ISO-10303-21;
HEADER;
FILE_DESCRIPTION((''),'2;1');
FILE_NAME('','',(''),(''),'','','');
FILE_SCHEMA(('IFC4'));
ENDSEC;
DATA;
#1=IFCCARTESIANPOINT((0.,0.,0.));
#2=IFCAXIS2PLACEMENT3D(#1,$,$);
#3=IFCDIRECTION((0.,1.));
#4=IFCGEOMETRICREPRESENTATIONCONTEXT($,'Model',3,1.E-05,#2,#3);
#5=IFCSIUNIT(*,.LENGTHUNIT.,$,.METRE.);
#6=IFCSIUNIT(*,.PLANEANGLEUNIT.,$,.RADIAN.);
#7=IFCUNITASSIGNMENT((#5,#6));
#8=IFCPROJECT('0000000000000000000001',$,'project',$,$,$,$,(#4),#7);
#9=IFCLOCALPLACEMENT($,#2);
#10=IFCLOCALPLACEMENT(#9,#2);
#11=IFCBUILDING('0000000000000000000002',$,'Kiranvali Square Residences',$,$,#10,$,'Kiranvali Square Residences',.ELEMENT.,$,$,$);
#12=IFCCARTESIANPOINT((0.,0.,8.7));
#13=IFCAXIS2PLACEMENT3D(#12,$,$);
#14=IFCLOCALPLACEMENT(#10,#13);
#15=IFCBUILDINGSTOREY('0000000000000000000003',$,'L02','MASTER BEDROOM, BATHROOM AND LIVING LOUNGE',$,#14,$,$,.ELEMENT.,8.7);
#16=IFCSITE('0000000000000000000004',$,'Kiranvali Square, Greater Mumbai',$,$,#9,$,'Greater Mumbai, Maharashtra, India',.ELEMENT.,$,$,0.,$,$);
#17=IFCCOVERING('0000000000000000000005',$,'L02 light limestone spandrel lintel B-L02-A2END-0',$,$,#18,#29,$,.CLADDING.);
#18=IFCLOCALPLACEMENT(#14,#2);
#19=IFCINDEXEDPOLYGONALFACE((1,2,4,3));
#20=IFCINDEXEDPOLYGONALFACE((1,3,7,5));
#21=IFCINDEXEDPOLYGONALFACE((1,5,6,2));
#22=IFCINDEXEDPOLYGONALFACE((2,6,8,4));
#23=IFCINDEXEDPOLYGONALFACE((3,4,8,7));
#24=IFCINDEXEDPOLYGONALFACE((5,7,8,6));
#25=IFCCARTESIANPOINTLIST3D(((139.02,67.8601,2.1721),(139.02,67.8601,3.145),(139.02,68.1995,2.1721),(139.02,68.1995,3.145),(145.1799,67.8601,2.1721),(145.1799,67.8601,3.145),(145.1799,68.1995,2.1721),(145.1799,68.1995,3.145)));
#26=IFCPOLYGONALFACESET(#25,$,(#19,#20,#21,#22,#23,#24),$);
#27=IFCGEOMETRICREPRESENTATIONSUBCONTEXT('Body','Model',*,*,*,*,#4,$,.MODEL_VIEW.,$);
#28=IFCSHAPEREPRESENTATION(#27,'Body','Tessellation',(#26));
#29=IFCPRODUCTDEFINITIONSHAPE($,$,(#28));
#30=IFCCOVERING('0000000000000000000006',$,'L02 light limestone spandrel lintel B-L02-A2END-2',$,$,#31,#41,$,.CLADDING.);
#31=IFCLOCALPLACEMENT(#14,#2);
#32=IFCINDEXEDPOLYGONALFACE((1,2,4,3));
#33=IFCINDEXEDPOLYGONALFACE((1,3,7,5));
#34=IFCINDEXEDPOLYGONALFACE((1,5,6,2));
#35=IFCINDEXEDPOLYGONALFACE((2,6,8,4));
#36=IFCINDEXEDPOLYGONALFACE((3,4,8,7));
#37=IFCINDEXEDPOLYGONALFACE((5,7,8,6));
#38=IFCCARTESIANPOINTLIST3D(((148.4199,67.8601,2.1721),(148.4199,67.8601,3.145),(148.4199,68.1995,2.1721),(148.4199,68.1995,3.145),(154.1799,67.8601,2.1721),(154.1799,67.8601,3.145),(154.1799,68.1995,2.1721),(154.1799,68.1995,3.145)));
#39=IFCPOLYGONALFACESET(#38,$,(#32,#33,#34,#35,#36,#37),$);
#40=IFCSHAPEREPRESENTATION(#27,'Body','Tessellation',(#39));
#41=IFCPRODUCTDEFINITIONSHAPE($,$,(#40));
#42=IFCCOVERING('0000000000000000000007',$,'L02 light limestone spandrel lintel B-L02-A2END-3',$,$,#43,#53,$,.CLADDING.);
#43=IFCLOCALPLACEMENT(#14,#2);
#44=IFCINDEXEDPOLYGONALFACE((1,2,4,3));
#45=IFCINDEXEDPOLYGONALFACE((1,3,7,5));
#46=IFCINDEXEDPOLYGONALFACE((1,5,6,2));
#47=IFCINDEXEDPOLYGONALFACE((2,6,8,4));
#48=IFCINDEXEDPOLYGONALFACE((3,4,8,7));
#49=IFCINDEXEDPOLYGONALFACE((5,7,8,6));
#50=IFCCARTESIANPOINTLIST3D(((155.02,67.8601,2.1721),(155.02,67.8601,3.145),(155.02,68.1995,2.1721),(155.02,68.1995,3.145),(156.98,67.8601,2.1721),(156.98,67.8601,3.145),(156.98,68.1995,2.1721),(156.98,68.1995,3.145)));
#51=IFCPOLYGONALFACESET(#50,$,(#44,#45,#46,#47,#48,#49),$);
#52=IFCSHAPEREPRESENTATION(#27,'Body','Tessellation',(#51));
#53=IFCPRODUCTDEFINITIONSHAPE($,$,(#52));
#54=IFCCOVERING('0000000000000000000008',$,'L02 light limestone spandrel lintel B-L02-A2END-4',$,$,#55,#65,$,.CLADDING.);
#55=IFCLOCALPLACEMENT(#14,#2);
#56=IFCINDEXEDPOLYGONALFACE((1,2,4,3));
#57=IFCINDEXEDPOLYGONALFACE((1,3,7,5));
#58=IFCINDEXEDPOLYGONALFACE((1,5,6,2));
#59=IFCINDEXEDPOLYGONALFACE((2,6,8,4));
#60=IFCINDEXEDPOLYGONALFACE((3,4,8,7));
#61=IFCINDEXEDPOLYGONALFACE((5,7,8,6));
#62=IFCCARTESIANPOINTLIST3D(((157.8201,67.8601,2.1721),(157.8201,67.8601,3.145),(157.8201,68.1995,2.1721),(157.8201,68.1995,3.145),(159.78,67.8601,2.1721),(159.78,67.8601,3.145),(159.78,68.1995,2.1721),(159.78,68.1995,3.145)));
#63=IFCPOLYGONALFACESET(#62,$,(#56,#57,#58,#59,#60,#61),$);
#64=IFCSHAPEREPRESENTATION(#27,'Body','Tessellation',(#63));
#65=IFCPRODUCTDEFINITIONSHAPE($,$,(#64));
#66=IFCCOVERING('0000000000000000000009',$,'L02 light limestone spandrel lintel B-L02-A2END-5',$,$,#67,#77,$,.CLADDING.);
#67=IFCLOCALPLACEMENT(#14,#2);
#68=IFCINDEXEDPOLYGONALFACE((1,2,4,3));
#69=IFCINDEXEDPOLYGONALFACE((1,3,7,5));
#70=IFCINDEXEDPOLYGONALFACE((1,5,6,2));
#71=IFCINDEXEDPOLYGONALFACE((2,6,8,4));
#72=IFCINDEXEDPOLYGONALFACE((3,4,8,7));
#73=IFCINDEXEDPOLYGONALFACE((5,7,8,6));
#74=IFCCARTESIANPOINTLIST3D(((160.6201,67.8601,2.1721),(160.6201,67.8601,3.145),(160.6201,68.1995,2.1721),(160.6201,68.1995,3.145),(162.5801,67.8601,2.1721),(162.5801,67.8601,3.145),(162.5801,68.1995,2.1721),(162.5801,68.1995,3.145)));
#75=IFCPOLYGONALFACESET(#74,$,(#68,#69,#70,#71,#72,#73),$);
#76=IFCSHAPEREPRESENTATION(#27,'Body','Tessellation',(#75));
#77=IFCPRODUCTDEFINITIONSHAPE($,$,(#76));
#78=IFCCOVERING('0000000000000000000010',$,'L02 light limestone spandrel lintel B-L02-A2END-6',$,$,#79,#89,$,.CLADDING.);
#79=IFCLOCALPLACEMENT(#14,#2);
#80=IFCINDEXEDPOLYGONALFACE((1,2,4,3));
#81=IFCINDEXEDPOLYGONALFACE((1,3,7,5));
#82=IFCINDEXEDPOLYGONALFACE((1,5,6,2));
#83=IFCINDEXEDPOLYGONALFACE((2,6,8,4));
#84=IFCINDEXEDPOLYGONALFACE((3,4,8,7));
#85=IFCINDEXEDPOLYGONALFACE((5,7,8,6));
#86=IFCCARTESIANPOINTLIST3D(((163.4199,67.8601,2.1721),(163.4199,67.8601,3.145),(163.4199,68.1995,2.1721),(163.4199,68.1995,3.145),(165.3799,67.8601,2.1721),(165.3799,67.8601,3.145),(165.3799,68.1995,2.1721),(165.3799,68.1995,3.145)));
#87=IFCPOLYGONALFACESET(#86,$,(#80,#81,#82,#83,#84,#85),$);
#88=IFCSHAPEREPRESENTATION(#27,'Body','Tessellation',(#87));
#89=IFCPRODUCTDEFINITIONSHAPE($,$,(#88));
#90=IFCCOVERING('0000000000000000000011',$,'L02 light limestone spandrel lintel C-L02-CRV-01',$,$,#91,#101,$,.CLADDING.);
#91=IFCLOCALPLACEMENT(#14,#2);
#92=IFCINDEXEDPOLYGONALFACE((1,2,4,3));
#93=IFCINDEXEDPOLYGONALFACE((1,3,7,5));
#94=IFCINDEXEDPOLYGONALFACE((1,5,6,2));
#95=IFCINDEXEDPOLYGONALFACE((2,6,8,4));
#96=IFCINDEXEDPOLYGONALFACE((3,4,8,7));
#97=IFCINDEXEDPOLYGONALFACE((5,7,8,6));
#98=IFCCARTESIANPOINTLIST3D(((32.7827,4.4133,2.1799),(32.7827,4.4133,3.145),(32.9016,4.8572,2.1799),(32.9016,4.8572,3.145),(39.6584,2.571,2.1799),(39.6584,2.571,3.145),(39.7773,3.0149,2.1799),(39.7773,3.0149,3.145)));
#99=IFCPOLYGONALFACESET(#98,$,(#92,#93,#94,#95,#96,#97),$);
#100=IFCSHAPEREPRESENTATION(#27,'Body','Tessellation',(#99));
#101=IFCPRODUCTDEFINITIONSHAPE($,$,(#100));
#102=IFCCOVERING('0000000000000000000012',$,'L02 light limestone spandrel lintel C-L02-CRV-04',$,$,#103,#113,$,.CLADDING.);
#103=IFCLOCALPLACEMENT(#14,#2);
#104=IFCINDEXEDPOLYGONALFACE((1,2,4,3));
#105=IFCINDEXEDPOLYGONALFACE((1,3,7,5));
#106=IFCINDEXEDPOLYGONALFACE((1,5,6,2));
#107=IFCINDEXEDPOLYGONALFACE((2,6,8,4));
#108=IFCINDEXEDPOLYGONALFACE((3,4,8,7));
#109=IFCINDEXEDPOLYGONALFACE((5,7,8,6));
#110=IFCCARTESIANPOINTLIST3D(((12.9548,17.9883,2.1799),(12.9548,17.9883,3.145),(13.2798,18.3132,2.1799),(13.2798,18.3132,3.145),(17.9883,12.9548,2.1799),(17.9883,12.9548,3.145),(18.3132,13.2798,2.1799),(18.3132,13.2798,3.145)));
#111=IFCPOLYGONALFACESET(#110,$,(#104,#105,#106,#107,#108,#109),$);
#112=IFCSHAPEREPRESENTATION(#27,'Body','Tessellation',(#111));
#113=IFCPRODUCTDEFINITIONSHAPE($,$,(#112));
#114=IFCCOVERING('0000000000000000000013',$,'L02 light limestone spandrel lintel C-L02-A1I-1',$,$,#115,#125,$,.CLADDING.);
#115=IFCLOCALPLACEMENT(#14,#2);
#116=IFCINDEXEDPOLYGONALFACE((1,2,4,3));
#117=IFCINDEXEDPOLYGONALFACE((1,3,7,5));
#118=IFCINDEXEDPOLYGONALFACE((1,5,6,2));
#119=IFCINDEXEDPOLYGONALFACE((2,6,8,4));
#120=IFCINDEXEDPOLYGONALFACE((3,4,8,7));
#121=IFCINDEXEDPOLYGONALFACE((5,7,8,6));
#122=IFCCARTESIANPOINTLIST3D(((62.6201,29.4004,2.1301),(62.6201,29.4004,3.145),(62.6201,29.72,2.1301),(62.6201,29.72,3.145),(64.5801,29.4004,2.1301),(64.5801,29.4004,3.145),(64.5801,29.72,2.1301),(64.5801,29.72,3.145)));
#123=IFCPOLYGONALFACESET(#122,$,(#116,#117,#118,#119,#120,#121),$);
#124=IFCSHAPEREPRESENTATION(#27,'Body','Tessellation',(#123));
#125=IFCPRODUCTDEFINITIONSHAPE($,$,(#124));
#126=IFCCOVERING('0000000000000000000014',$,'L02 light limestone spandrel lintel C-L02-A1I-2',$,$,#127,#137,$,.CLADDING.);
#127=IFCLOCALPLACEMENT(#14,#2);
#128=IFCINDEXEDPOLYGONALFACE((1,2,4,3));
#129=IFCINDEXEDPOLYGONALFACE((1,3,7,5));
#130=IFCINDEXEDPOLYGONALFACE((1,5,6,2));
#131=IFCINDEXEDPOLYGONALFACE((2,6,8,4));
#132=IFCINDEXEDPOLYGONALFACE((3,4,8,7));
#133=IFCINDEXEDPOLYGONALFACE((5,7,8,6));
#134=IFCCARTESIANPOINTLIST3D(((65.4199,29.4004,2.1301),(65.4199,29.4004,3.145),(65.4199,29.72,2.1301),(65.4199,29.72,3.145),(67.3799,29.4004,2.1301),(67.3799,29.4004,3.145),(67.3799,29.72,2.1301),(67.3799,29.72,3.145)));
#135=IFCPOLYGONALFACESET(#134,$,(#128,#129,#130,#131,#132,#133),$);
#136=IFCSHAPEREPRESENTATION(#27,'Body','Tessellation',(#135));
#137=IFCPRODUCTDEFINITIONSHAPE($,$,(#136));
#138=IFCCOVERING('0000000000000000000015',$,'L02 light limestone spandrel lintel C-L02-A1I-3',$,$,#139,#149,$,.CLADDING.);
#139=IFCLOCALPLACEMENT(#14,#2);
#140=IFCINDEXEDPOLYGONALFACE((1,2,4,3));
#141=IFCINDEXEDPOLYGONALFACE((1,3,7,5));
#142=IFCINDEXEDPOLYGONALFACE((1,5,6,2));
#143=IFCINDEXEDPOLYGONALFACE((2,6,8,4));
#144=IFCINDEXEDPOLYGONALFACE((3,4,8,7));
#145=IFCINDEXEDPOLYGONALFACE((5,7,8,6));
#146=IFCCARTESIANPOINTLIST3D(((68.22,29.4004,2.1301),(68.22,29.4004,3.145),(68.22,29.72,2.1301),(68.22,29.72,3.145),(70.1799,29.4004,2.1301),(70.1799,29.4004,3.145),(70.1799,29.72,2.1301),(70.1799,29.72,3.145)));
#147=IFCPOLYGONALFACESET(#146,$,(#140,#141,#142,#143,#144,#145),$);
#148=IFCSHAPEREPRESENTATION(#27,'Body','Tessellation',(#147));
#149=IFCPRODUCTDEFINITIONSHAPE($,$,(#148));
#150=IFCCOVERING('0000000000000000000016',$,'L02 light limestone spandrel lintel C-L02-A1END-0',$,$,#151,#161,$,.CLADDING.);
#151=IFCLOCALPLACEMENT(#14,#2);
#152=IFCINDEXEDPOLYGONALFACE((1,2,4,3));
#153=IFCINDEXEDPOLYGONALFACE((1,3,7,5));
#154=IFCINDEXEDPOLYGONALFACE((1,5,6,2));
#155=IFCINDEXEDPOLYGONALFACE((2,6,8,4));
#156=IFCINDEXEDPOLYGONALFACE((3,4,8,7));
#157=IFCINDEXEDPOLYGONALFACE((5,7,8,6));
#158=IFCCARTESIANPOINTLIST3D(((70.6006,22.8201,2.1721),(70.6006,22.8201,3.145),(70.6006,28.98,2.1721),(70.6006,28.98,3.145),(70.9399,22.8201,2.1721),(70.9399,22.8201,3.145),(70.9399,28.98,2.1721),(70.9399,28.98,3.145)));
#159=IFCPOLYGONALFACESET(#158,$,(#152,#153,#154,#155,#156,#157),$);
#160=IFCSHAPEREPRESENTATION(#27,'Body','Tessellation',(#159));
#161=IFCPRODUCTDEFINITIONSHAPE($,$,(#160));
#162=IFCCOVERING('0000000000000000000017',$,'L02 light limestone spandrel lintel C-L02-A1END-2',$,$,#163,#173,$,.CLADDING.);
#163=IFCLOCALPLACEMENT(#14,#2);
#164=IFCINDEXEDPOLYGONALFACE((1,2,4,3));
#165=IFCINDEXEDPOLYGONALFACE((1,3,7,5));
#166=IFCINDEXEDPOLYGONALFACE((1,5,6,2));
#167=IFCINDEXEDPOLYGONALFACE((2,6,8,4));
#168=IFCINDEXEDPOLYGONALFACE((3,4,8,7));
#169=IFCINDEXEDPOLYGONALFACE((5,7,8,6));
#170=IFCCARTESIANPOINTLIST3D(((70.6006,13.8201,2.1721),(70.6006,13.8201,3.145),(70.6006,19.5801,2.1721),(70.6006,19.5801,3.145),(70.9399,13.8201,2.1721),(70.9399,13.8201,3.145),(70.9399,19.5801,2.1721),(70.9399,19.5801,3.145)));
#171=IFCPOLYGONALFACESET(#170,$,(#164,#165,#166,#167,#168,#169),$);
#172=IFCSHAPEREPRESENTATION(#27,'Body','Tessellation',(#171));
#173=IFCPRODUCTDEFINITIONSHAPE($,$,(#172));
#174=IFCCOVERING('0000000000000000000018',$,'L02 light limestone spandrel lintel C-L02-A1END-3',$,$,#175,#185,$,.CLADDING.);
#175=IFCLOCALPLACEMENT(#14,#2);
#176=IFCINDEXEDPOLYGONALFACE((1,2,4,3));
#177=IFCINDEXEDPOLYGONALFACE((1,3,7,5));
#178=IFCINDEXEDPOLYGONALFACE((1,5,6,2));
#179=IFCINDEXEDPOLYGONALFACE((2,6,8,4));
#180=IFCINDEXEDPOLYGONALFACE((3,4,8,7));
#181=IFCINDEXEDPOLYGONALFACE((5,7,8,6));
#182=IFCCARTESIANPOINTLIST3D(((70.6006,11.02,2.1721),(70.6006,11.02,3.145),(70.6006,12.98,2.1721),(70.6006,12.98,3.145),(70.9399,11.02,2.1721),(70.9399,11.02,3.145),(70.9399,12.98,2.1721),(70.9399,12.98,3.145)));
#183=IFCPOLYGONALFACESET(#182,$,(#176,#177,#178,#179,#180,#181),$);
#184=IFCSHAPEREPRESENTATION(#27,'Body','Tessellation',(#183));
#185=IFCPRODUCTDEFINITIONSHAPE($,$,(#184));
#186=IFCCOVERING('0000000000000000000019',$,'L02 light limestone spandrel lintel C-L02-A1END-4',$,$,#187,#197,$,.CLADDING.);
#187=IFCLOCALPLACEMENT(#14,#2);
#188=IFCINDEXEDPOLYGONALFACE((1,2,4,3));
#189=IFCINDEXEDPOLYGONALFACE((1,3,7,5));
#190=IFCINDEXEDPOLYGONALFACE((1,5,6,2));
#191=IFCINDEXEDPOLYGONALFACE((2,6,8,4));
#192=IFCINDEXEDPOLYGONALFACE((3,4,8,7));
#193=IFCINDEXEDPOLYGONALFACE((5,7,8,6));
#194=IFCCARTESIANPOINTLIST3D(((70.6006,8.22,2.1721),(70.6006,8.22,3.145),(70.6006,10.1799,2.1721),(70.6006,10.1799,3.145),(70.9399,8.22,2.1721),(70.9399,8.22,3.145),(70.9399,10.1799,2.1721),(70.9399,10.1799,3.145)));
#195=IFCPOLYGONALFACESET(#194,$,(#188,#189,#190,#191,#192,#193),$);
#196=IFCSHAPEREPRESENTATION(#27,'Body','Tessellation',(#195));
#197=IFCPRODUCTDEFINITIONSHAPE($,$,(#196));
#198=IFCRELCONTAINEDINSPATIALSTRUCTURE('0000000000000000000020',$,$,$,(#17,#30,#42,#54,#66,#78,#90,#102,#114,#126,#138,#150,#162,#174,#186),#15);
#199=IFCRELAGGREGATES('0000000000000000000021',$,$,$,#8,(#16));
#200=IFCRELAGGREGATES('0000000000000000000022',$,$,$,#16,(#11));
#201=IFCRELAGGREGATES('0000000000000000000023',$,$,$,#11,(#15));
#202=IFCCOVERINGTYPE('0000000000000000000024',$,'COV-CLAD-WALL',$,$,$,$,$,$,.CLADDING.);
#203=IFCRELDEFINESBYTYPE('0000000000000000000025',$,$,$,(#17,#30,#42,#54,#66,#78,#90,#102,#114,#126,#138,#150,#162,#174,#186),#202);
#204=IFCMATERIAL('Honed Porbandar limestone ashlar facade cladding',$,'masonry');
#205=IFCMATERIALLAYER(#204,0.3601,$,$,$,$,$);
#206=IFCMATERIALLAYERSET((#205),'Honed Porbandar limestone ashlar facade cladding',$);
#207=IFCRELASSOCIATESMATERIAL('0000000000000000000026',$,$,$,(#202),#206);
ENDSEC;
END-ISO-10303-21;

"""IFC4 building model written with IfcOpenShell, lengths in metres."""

from ifc_helpers import new_model, si_unit, direction, frame, origin, place, context, subcontext, project, spatial, polyline, outline, extrude, material, layer, layer_set, type_object, element, save


model = new_model("IFC4")

# Units and contexts
model_context = context("Model", 3, precision=1e-05, world=origin(), true_north=direction((0.0, 1.0)))
body_context = subcontext(model_context, "Body", "Model", "MODEL_VIEW")
ifc_project = project(units=[si_unit("LENGTHUNIT", "METRE"), si_unit("PLANEANGLEUNIT", "RADIAN")], contexts=[model_context])

# Site, building, storey
site_placement = place(None, origin())
site = spatial("IfcSite", under=ifc_project, at=site_placement, Name="Kiranvali Square, Greater Mumbai", LongName="Greater Mumbai, Maharashtra, India", CompositionType="ELEMENT", RefElevation=0.0)
building_placement = place(site_placement, origin())
building = spatial("IfcBuilding", under=site, at=building_placement, Name="Kiranvali Square Residences", LongName="Kiranvali Square Residences", CompositionType="ELEMENT")
storey_placement = place(building_placement, frame((0.0, 0.0, 8.7)))
storey = spatial("IfcBuildingStorey", under=building, at=storey_placement, Name="L02", Description="MASTER BEDROOM, BATHROOM AND LIVING LOUNGE", CompositionType="ELEMENT", Elevation=8.7)

# Coverings
ifc_material = material(Name="Honed Porbandar limestone ashlar facade cladding", Category="masonry")
ifc_layer = layer(ifc_material, 0.3601)
ifc_layer_set = layer_set([ifc_layer], Name="Honed Porbandar limestone ashlar facade cladding")
covering_type = type_object("IfcCoveringType", Name="COV-CLAD-WALL", PredefinedType="CLADDING", material=ifc_layer_set)
covering_1_placement = place(storey_placement, frame((0.0, 0.0, 2.1721)))
element("IfcCovering", 1, at=covering_1_placement, inside=storey, type_object=covering_type, Name="L02 light limestone spandrel lintel B-L02-A2END-0", PredefinedType="CLADDING", context=body_context, shape_type="SweptSolid", body=[
    extrude(outline(polyline([(139.02, 67.8601), (145.1799, 67.8601), (145.1799, 68.1995), (139.02, 68.1995), (139.02, 67.8601)])), origin(), (0.0, 0.0, 1.0), 0.9729),
])
covering_2_placement = place(storey_placement, frame((0.0, 0.0, 2.1721)))
element("IfcCovering", 2, at=covering_2_placement, inside=storey, type_object=covering_type, Name="L02 light limestone spandrel lintel B-L02-A2END-2", PredefinedType="CLADDING", context=body_context, shape_type="SweptSolid", body=[
    extrude(outline(polyline([(148.4199, 67.8601), (154.1799, 67.8601), (154.1799, 68.1995), (148.4199, 68.1995), (148.4199, 67.8601)])), origin(), (0.0, 0.0, 1.0), 0.9729),
])
covering_3_placement = place(storey_placement, frame((0.0, 0.0, 2.1721)))
element("IfcCovering", 3, at=covering_3_placement, inside=storey, type_object=covering_type, Name="L02 light limestone spandrel lintel B-L02-A2END-3", PredefinedType="CLADDING", context=body_context, shape_type="SweptSolid", body=[
    extrude(outline(polyline([(155.02, 67.8601), (156.98, 67.8601), (156.98, 68.1995), (155.02, 68.1995), (155.02, 67.8601)])), origin(), (0.0, 0.0, 1.0), 0.9729),
])
covering_4_placement = place(storey_placement, frame((0.0, 0.0, 2.1721)))
element("IfcCovering", 4, at=covering_4_placement, inside=storey, type_object=covering_type, Name="L02 light limestone spandrel lintel B-L02-A2END-4", PredefinedType="CLADDING", context=body_context, shape_type="SweptSolid", body=[
    extrude(outline(polyline([(157.8201, 67.8601), (159.78, 67.8601), (159.78, 68.1995), (157.8201, 68.1995), (157.8201, 67.8601)])), origin(), (0.0, 0.0, 1.0), 0.9729),
])
covering_5_placement = place(storey_placement, frame((0.0, 0.0, 2.1721)))
element("IfcCovering", 5, at=covering_5_placement, inside=storey, type_object=covering_type, Name="L02 light limestone spandrel lintel B-L02-A2END-5", PredefinedType="CLADDING", context=body_context, shape_type="SweptSolid", body=[
    extrude(outline(polyline([(160.6201, 67.8601), (162.5801, 67.8601), (162.5801, 68.1995), (160.6201, 68.1995), (160.6201, 67.8601)])), origin(), (0.0, 0.0, 1.0), 0.9729),
])
covering_6_placement = place(storey_placement, frame((0.0, 0.0, 2.1721)))
element("IfcCovering", 6, at=covering_6_placement, inside=storey, type_object=covering_type, Name="L02 light limestone spandrel lintel B-L02-A2END-6", PredefinedType="CLADDING", context=body_context, shape_type="SweptSolid", body=[
    extrude(outline(polyline([(163.4199, 67.8601), (165.3799, 67.8601), (165.3799, 68.1995), (163.4199, 68.1995), (163.4199, 67.8601)])), origin(), (0.0, 0.0, 1.0), 0.9729),
])
covering_7_placement = place(storey_placement, frame((0.0, 0.0, 2.1799)))
element("IfcCovering", 7, at=covering_7_placement, inside=storey, type_object=covering_type, Name="L02 light limestone spandrel lintel C-L02-CRV-01", PredefinedType="CLADDING", context=body_context, shape_type="SweptSolid", body=[
    extrude(outline(polyline([(39.7773, 3.0149), (32.9016, 4.8572), (32.7827, 4.4133), (39.6584, 2.571), (39.7773, 3.0149)])), origin(), (0.0, 0.0, 1.0), 0.9651),
])
covering_8_placement = place(storey_placement, frame((0.0, 0.0, 2.1799)))
element("IfcCovering", 8, at=covering_8_placement, inside=storey, type_object=covering_type, Name="L02 light limestone spandrel lintel C-L02-CRV-04", PredefinedType="CLADDING", context=body_context, shape_type="SweptSolid", body=[
    extrude(outline(polyline([(18.3132, 13.2798), (13.2798, 18.3132), (12.9548, 17.9883), (17.9883, 12.9548), (18.3132, 13.2798)])), origin(), (0.0, 0.0, 1.0), 0.9651),
])
covering_9_placement = place(storey_placement, frame((0.0, 0.0, 2.1301)))
element("IfcCovering", 9, at=covering_9_placement, inside=storey, type_object=covering_type, Name="L02 light limestone spandrel lintel C-L02-A1I-1", PredefinedType="CLADDING", context=body_context, shape_type="SweptSolid", body=[
    extrude(outline(polyline([(62.6201, 29.4004), (64.5801, 29.4004), (64.5801, 29.72), (62.6201, 29.72), (62.6201, 29.4004)])), origin(), (0.0, 0.0, 1.0), 1.0149),
])
covering_10_placement = place(storey_placement, frame((0.0, 0.0, 2.1301)))
element("IfcCovering", 10, at=covering_10_placement, inside=storey, type_object=covering_type, Name="L02 light limestone spandrel lintel C-L02-A1I-2", PredefinedType="CLADDING", context=body_context, shape_type="SweptSolid", body=[
    extrude(outline(polyline([(65.4199, 29.4004), (67.3799, 29.4004), (67.3799, 29.72), (65.4199, 29.72), (65.4199, 29.4004)])), origin(), (0.0, 0.0, 1.0), 1.0149),
])
covering_11_placement = place(storey_placement, frame((0.0, 0.0, 2.1301)))
element("IfcCovering", 11, at=covering_11_placement, inside=storey, type_object=covering_type, Name="L02 light limestone spandrel lintel C-L02-A1I-3", PredefinedType="CLADDING", context=body_context, shape_type="SweptSolid", body=[
    extrude(outline(polyline([(68.22, 29.4004), (70.1799, 29.4004), (70.1799, 29.72), (68.22, 29.72), (68.22, 29.4004)])), origin(), (0.0, 0.0, 1.0), 1.0149),
])
covering_12_placement = place(storey_placement, frame((0.0, 0.0, 2.1721)))
element("IfcCovering", 12, at=covering_12_placement, inside=storey, type_object=covering_type, Name="L02 light limestone spandrel lintel C-L02-A1END-0", PredefinedType="CLADDING", context=body_context, shape_type="SweptSolid", body=[
    extrude(outline(polyline([(70.6006, 28.98), (70.6006, 22.8201), (70.9399, 22.8201), (70.9399, 28.98), (70.6006, 28.98)])), origin(), (0.0, 0.0, 1.0), 0.9729),
])
covering_13_placement = place(storey_placement, frame((0.0, 0.0, 2.1721)))
element("IfcCovering", 13, at=covering_13_placement, inside=storey, type_object=covering_type, Name="L02 light limestone spandrel lintel C-L02-A1END-2", PredefinedType="CLADDING", context=body_context, shape_type="SweptSolid", body=[
    extrude(outline(polyline([(70.6006, 19.5801), (70.6006, 13.8201), (70.9399, 13.8201), (70.9399, 19.5801), (70.6006, 19.5801)])), origin(), (0.0, 0.0, 1.0), 0.9729),
])
covering_14_placement = place(storey_placement, frame((0.0, 0.0, 2.1721)))
element("IfcCovering", 14, at=covering_14_placement, inside=storey, type_object=covering_type, Name="L02 light limestone spandrel lintel C-L02-A1END-3", PredefinedType="CLADDING", context=body_context, shape_type="SweptSolid", body=[
    extrude(outline(polyline([(70.6006, 12.98), (70.6006, 11.02), (70.9399, 11.02), (70.9399, 12.98), (70.6006, 12.98)])), origin(), (0.0, 0.0, 1.0), 0.9729),
])
covering_15_placement = place(storey_placement, frame((0.0, 0.0, 2.1721)))
element("IfcCovering", 15, at=covering_15_placement, inside=storey, type_object=covering_type, Name="L02 light limestone spandrel lintel C-L02-A1END-4", PredefinedType="CLADDING", context=body_context, shape_type="SweptSolid", body=[
    extrude(outline(polyline([(70.6006, 10.1799), (70.6006, 8.22), (70.9399, 8.22), (70.9399, 10.1799), (70.6006, 10.1799)])), origin(), (0.0, 0.0, 1.0), 0.9729),
])

save(model, "model.ifc")
